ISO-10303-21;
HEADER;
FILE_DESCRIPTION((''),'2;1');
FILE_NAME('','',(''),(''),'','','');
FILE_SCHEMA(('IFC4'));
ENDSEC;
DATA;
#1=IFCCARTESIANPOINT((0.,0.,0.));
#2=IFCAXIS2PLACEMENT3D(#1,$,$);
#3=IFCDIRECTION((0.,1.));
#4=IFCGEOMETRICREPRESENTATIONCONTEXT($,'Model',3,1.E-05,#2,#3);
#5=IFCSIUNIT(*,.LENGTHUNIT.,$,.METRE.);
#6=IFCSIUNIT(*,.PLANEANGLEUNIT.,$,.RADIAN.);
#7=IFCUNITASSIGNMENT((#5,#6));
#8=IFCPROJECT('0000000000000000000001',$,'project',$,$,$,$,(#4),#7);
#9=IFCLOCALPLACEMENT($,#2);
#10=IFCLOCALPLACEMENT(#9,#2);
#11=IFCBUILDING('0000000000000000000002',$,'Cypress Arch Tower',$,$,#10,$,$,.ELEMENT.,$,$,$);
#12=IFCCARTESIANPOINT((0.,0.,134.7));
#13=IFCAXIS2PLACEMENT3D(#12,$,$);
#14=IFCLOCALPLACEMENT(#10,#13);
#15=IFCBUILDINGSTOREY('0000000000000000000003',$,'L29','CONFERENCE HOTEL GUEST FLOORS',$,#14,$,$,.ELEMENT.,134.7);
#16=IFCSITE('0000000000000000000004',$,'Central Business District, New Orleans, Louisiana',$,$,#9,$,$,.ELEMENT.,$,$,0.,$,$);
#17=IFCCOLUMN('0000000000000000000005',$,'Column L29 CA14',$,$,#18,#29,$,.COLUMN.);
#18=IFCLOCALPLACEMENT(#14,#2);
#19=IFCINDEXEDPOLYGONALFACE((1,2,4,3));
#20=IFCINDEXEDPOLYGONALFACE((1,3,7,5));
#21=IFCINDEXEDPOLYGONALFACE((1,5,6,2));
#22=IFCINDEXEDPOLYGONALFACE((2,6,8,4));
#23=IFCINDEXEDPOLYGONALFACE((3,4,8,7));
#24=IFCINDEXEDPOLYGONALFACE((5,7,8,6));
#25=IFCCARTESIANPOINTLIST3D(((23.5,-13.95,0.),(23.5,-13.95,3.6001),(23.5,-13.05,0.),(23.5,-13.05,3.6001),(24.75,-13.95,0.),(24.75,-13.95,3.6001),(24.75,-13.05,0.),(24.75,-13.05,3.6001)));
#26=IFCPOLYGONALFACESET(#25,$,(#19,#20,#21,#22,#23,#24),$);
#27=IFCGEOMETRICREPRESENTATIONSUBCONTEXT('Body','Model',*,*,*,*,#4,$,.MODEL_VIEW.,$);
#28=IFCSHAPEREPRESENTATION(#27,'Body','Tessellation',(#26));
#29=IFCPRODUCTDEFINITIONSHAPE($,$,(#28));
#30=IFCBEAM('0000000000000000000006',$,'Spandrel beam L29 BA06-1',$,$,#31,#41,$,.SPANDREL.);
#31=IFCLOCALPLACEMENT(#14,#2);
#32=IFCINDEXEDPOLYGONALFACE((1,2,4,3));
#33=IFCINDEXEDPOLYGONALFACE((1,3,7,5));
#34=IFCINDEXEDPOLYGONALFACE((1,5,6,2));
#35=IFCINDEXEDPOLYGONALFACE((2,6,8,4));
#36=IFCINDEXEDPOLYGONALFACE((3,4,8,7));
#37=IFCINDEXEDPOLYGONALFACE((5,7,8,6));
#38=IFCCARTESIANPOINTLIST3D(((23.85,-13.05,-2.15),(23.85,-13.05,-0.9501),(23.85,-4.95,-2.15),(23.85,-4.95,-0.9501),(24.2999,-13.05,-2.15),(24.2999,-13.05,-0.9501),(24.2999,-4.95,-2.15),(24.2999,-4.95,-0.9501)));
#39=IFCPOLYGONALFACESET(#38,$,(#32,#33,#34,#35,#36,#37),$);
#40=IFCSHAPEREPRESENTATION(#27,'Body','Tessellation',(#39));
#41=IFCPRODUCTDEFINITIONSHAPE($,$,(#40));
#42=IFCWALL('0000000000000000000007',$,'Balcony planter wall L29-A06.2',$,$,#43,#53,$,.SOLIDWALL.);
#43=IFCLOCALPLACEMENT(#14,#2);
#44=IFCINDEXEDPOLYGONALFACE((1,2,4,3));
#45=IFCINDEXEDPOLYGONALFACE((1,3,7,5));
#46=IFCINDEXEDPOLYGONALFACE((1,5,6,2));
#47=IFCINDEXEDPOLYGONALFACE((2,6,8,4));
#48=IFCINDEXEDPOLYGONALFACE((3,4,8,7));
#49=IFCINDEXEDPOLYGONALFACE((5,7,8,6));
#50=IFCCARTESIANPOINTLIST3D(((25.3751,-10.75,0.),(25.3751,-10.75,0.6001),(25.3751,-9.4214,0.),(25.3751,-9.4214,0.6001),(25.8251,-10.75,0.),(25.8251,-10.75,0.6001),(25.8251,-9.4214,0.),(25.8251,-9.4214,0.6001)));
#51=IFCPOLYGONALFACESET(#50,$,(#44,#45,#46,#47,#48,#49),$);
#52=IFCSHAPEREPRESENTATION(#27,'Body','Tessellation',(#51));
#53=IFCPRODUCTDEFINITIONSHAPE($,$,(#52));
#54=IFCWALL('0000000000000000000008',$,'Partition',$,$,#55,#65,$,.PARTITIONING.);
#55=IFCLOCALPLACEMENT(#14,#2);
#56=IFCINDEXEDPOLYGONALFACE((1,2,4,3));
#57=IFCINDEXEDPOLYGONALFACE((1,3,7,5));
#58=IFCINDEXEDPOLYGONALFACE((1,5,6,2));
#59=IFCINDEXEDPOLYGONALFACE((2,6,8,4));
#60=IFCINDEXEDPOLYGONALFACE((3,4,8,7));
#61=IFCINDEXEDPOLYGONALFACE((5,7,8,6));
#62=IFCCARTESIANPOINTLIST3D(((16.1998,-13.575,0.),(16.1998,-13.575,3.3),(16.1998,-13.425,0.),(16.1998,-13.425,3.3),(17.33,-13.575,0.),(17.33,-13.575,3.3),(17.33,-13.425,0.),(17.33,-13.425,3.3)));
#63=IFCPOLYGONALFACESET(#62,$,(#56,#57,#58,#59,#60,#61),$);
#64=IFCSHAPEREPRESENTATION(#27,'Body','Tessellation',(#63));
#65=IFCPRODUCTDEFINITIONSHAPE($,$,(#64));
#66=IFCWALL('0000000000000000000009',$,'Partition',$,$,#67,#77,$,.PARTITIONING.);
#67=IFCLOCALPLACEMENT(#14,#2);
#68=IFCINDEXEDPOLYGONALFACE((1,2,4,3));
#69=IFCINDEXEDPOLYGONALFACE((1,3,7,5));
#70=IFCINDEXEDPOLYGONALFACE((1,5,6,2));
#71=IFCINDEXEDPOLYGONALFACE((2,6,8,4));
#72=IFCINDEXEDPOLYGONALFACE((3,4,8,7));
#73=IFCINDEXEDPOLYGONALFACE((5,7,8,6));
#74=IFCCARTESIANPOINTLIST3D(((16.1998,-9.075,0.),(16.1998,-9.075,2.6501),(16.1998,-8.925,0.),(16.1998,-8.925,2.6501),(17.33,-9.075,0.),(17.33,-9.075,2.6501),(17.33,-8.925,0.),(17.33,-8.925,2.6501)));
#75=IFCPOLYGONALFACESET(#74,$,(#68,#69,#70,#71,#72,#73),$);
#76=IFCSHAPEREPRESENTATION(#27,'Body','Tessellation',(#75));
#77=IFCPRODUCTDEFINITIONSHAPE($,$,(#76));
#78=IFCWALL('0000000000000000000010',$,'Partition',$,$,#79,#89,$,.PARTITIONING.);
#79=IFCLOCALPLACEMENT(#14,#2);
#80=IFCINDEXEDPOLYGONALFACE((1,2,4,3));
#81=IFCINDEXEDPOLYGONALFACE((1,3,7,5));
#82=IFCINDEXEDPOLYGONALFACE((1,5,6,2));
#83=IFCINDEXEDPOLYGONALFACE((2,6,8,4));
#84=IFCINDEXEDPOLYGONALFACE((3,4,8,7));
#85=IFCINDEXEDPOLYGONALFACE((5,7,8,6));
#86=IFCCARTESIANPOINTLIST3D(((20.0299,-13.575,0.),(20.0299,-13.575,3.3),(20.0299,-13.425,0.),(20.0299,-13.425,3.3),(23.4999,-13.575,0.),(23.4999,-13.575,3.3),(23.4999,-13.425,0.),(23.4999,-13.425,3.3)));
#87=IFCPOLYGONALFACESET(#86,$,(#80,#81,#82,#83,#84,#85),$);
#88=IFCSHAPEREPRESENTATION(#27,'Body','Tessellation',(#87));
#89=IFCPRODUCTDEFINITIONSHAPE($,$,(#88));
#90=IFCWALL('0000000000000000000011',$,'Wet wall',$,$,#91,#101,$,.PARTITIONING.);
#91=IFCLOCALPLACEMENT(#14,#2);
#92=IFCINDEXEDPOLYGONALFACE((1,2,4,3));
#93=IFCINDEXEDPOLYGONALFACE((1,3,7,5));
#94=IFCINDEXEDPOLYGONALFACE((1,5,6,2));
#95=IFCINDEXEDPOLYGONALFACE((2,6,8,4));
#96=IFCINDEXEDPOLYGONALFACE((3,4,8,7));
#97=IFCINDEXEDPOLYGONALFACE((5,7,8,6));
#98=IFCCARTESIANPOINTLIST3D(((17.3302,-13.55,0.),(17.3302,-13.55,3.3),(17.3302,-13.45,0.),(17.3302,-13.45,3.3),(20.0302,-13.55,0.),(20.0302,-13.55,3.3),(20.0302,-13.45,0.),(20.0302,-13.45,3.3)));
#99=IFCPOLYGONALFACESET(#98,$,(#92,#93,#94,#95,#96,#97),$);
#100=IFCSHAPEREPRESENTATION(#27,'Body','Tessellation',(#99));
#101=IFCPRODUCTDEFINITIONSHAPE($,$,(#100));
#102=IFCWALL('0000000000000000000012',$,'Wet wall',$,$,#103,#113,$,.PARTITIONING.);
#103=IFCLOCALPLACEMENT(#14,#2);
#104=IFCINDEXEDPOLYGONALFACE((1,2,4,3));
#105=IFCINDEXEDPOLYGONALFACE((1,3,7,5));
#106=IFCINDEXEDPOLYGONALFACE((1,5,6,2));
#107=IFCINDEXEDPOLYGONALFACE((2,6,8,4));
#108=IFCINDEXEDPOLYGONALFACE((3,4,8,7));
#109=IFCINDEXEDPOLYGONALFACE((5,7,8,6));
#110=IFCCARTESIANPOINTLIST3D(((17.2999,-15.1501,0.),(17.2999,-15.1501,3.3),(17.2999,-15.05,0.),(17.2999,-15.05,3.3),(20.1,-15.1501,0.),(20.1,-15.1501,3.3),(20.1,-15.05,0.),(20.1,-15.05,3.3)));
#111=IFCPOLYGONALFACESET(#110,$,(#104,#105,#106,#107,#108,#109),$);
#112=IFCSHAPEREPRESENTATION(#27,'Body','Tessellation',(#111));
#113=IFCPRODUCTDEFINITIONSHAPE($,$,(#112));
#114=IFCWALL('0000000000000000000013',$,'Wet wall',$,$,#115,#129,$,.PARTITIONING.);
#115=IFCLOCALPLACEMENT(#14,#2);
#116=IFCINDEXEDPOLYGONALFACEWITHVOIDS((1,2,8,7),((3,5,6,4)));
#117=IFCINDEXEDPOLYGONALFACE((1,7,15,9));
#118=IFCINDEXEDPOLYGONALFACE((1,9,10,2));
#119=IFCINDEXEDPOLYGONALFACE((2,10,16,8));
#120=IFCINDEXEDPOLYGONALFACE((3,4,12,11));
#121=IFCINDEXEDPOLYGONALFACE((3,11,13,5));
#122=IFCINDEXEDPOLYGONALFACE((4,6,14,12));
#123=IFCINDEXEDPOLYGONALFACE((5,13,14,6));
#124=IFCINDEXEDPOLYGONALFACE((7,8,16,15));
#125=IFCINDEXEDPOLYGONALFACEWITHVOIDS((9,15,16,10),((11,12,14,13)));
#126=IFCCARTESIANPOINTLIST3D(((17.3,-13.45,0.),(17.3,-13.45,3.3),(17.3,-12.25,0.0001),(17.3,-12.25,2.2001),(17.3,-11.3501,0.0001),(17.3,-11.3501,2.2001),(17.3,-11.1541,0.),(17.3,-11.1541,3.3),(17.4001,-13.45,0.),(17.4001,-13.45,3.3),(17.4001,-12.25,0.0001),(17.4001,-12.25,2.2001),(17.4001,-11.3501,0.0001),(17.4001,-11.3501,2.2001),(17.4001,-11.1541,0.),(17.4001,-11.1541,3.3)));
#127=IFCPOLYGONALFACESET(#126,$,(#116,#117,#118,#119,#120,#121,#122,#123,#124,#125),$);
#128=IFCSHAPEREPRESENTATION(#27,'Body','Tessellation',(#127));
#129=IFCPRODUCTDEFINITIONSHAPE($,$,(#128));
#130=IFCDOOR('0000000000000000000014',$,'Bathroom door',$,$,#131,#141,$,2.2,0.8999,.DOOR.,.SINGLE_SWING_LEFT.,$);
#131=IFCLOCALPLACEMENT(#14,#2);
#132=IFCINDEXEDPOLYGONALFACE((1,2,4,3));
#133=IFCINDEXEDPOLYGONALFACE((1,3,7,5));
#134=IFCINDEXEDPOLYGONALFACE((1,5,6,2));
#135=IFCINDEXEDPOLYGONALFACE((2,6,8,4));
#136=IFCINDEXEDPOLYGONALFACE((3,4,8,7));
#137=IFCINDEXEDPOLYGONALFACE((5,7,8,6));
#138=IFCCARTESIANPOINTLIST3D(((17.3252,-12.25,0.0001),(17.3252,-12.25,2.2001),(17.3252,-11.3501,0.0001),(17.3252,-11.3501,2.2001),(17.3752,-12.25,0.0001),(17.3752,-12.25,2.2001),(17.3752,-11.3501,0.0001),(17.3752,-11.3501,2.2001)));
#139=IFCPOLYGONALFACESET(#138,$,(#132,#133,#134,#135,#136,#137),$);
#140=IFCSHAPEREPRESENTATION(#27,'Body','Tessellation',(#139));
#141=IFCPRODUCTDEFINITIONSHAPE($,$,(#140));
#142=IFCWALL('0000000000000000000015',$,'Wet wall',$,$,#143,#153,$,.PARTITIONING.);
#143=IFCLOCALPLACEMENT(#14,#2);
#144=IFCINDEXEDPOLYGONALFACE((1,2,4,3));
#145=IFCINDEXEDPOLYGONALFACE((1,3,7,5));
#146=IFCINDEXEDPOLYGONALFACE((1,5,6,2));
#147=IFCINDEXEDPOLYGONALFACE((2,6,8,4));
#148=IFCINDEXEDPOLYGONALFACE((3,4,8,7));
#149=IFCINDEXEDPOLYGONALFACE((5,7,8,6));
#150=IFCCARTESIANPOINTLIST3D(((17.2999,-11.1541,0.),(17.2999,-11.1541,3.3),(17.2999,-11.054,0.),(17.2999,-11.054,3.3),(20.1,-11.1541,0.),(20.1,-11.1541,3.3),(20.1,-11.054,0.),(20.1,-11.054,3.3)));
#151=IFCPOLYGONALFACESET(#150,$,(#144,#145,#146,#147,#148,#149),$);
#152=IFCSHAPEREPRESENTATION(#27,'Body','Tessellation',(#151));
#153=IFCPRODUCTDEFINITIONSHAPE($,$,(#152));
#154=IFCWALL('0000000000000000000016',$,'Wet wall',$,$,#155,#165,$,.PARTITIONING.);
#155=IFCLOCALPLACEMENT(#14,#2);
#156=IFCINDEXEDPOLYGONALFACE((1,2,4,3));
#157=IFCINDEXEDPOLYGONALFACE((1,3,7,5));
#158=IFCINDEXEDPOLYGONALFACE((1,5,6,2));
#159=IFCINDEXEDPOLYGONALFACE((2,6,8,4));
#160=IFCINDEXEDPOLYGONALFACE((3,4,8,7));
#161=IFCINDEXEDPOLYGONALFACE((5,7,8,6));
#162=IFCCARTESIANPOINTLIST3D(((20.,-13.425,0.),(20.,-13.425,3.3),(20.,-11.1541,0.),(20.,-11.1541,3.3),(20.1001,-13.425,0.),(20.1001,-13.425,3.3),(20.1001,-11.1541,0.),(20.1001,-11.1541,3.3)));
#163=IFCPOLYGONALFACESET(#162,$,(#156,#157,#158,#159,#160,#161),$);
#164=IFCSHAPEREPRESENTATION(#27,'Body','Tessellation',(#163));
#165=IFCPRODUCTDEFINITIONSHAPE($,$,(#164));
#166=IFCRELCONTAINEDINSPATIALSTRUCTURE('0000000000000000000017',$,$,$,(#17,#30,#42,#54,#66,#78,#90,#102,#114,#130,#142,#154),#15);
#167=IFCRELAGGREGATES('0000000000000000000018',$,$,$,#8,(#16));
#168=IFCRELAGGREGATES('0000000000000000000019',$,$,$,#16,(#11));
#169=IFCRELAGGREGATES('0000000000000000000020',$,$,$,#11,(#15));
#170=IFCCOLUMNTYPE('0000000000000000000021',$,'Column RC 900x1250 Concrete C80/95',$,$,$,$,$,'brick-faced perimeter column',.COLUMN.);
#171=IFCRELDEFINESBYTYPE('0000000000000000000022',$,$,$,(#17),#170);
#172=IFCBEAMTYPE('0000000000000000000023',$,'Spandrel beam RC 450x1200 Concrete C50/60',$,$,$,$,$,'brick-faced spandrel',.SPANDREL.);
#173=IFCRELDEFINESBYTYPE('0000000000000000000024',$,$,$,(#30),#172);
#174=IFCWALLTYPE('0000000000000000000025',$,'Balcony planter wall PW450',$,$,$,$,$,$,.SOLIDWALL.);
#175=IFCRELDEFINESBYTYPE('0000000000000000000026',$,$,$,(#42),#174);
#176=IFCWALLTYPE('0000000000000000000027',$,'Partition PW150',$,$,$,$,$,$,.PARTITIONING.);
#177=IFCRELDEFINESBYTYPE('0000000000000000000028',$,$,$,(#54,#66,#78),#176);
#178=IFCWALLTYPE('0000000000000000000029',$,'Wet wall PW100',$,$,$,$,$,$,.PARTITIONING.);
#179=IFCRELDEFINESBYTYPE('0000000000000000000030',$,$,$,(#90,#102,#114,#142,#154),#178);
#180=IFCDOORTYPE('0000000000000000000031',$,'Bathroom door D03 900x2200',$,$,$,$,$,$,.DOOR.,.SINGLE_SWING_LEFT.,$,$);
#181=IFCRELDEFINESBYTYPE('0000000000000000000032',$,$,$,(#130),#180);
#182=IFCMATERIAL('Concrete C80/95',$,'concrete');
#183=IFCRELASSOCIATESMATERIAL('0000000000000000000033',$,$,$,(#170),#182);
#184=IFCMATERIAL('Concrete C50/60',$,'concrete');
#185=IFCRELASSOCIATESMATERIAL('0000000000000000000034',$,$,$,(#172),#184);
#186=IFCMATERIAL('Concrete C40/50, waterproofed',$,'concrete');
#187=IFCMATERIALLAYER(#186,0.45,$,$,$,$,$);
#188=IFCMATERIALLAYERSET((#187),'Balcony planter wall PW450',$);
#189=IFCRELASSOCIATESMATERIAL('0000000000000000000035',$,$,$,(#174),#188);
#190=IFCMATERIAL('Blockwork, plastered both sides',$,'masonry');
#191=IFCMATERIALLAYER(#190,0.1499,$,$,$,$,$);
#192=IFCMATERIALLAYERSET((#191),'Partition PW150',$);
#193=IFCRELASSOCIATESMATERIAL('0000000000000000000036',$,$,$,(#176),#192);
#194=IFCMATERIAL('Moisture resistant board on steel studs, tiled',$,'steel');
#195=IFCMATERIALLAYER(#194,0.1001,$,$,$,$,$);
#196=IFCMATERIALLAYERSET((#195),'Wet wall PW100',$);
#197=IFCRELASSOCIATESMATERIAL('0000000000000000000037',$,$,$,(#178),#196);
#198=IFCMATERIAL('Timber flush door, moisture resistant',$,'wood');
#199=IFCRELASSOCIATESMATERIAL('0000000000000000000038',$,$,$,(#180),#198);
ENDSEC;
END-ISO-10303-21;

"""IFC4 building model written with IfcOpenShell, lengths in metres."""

from ifc_helpers import new_model, si_unit, direction, frame, frame_2d, origin, origin_2d, place, context, subcontext, project, spatial, rectangle, extrude, material, layer, layer_set, material_profile, profile_set, type_object, element, fill, save


model = new_model("IFC4")

# Units and contexts
model_context = context("Model", 3, precision=1e-05, world=origin(), true_north=direction((0.0, 1.0)))
body_context = subcontext(model_context, "Body", "Model", "MODEL_VIEW")
ifc_project = project(units=[si_unit("LENGTHUNIT", "METRE"), si_unit("PLANEANGLEUNIT", "RADIAN")], contexts=[model_context])

# Site, building, storey
site_placement = place(None, origin())
site = spatial("IfcSite", under=ifc_project, at=site_placement, Name="Central Business District, New Orleans, Louisiana", CompositionType="ELEMENT", RefElevation=0.0)
building_placement = place(site_placement, origin())
building = spatial("IfcBuilding", under=site, at=building_placement, Name="Cypress Arch Tower", CompositionType="ELEMENT")
storey_placement = place(building_placement, frame((0.0, 0.0, 134.7)))
storey = spatial("IfcBuildingStorey", under=building, at=storey_placement, Name="L29", Description="CONFERENCE HOTEL GUEST FLOORS", CompositionType="ELEMENT", Elevation=134.7)

# Column
ifc_material_1 = material(Name="Concrete C80/95", Category="concrete")
ifc_material_profile_1 = material_profile(ifc_material_1, rectangle(XDim=0.8999, YDim=1.25, at=origin_2d()), Name="RC 900x1250")
ifc_profile_set_1 = profile_set([ifc_material_profile_1], Name="Concrete C80/95")
column_type = type_object("IfcColumnType", Name="Column RC 900x1250 Concrete C80/95", ElementType="brick-faced perimeter column", PredefinedType="COLUMN", material=ifc_profile_set_1)
column_placement = place(storey_placement, frame((24.125, -13.5, 0.0), z_axis=(0.0, 0.0, 1.0), x_axis=(0.0, 1.0, 0.0)))
element("IfcColumn", 1, at=column_placement, inside=storey, type_object=column_type, Name="Column L29 CA14", PredefinedType="COLUMN", context=body_context, shape_type="SweptSolid", body=[
    extrude(rectangle(XDim=0.8999, YDim=1.25, at=origin_2d()), origin(), (0.0, 0.0, 1.0), 3.6001),
])

# Beam
ifc_material_2 = material(Name="Concrete C50/60", Category="concrete")
ifc_material_profile_2 = material_profile(ifc_material_2, rectangle(XDim=0.45, YDim=1.2, at=origin_2d()), Name="RC 450x1200")
ifc_profile_set_2 = profile_set([ifc_material_profile_2], Name="Concrete C50/60")
beam_type = type_object("IfcBeamType", Name="Spandrel beam RC 450x1200 Concrete C50/60", ElementType="brick-faced spandrel", PredefinedType="SPANDREL", material=ifc_profile_set_2)
beam_placement = place(storey_placement, frame((24.075, -13.05, -1.55), z_axis=(0.0, 1.0, 0.0), x_axis=(-1.0, 0.0, 0.0)))
element("IfcBeam", 2, at=beam_placement, inside=storey, type_object=beam_type, Name="Spandrel beam L29 BA06-1", PredefinedType="SPANDREL", context=body_context, shape_type="SweptSolid", body=[
    extrude(rectangle(XDim=0.45, YDim=1.2, at=origin_2d()), origin(), (0.0, 0.0, 1.0), 8.1001),
])

# Wall
ifc_material_3 = material(Name="Concrete C40/50, waterproofed", Category="concrete")
ifc_layer_1 = layer(ifc_material_3, 0.45)
ifc_layer_set_1 = layer_set([ifc_layer_1], Name="Balcony planter wall PW450")
wall_type_1 = type_object("IfcWallType", Name="Balcony planter wall PW450", PredefinedType="SOLIDWALL", material=ifc_layer_set_1)
wall_1_placement = place(storey_placement, frame((25.6001, -10.75, 0.0), z_axis=(0.0, 0.0, 1.0), x_axis=(0.0, 1.0, 0.0)))
element("IfcWall", 3, at=wall_1_placement, inside=storey, type_object=wall_type_1, Name="Balcony planter wall L29-A06.2", PredefinedType="SOLIDWALL", context=body_context, shape_type="SweptSolid", body=[
    extrude(rectangle(XDim=1.3286, YDim=0.45, at=frame_2d((0.6643, 0.0))), origin(), (0.0, 0.0, 1.0), 0.6001),
])

# Walls
ifc_material_4 = material(Name="Blockwork, plastered both sides", Category="masonry")
ifc_layer_2 = layer(ifc_material_4, 0.1499)
ifc_layer_set_2 = layer_set([ifc_layer_2], Name="Partition PW150")
wall_type_2 = type_object("IfcWallType", Name="Partition PW150", PredefinedType="PARTITIONING", material=ifc_layer_set_2)
wall_2_placement = place(storey_placement, frame((16.2, -13.5, 0.0), z_axis=(0.0, 0.0, 1.0), x_axis=(1.0, 0.0, 0.0)))
element("IfcWall", 4, at=wall_2_placement, inside=storey, type_object=wall_type_2, Name="Partition", PredefinedType="PARTITIONING", context=body_context, shape_type="SweptSolid", body=[
    extrude(rectangle(XDim=1.1301, YDim=0.1499, at=frame_2d((0.5649, 0.0))), origin(), (0.0, 0.0, 1.0), 3.3),
])
wall_3_placement = place(storey_placement, frame((16.2, -9.0, 0.0), z_axis=(0.0, 0.0, 1.0), x_axis=(1.0, 0.0, 0.0)))
element("IfcWall", 5, at=wall_3_placement, inside=storey, type_object=wall_type_2, Name="Partition", PredefinedType="PARTITIONING", context=body_context, shape_type="SweptSolid", body=[
    extrude(rectangle(XDim=1.1301, YDim=0.1499, at=frame_2d((0.5649, 0.0))), origin(), (0.0, 0.0, 1.0), 2.6501),
])
wall_4_placement = place(storey_placement, frame((20.03, -13.5, 0.0), z_axis=(0.0, 0.0, 1.0), x_axis=(1.0, 0.0, 0.0)))
element("IfcWall", 6, at=wall_4_placement, inside=storey, type_object=wall_type_2, Name="Partition", PredefinedType="PARTITIONING", context=body_context, shape_type="SweptSolid", body=[
    extrude(rectangle(XDim=3.47, YDim=0.1499, at=frame_2d((1.7349, 0.0))), origin(), (0.0, 0.0, 1.0), 3.3),
])
ifc_material_5 = material(Name="Moisture resistant board on steel studs, tiled", Category="steel")
ifc_layer_3 = layer(ifc_material_5, 0.1001)
ifc_layer_set_3 = layer_set([ifc_layer_3], Name="Wet wall PW100")
wall_type_3 = type_object("IfcWallType", Name="Wet wall PW100", PredefinedType="PARTITIONING", material=ifc_layer_set_3)
wall_5_placement = place(storey_placement, frame((17.3301, -13.5, 0.0), z_axis=(0.0, 0.0, 1.0), x_axis=(1.0, 0.0, 0.0)))
element("IfcWall", 7, at=wall_5_placement, inside=storey, type_object=wall_type_3, Name="Wet wall", PredefinedType="PARTITIONING", context=body_context, shape_type="SweptSolid", body=[
    extrude(rectangle(XDim=2.7, YDim=0.1001, at=frame_2d((1.3501, 0.0))), origin(), (0.0, 0.0, 1.0), 3.3),
])
wall_6_placement = place(storey_placement, frame((17.3, -15.1001, 0.0), z_axis=(0.0, 0.0, 1.0), x_axis=(1.0, 0.0, 0.0)))
element("IfcWall", 8, at=wall_6_placement, inside=storey, type_object=wall_type_3, Name="Wet wall", PredefinedType="PARTITIONING", context=body_context, shape_type="SweptSolid", body=[
    extrude(rectangle(XDim=2.8, YDim=0.1001, at=frame_2d((1.3999, 0.0))), origin(), (0.0, 0.0, 1.0), 3.3),
])

# Wall, opening, door
wall_7_placement = place(storey_placement, frame((17.3501, -13.45, 0.0), z_axis=(0.0, 0.0, 1.0), x_axis=(0.0, 1.0, 0.0)))
wall_7 = element("IfcWall", 9, at=wall_7_placement, inside=storey, type_object=wall_type_3, Name="Wet wall", PredefinedType="PARTITIONING", context=body_context, shape_type="SweptSolid", body=[
    extrude(rectangle(XDim=2.2959, YDim=0.1001, at=frame_2d((1.1479, 0.0))), origin(), (0.0, 0.0, 1.0), 3.3),
])
opening_1_placement = place(wall_7_placement, frame((1.2, 0.0, 0.0)))
opening_1 = element("IfcOpeningElement", 10, at=opening_1_placement, cuts=wall_7, PredefinedType="OPENING", context=body_context, shape_type="SweptSolid", body=[
    extrude(rectangle(XDim=0.8999, YDim=2.2, at=frame_2d((0.45, 1.1001))), frame((0.0, 0.0601, 0.0), z_axis=(0.0, -1.0, 0.0), x_axis=(1.0, 0.0, 0.0)), (0.0, 0.0, 1.0), 0.1201),
])
ifc_material_6 = material(Name="Timber flush door, moisture resistant", Category="wood")
door_type_1 = type_object("IfcDoorType", Name="Bathroom door D03 900x2200", OperationType="SINGLE_SWING_LEFT", PredefinedType="DOOR", material=ifc_material_6)
door_1_placement = place(opening_1_placement, origin())
door_1 = element("IfcDoor", 11, at=door_1_placement, inside=storey, type_object=door_type_1, Name="Bathroom door", OperationType="SINGLE_SWING_LEFT", OverallHeight=2.2, OverallWidth=0.8999, PredefinedType="DOOR", context=body_context, shape_type="SweptSolid", body=[
    extrude(rectangle(XDim=0.8999, YDim=2.2, at=frame_2d((0.45, 1.1001))), frame((0.0, 0.0249, 0.0), z_axis=(0.0, -1.0, 0.0), x_axis=(1.0, 0.0, 0.0)), (0.0, 0.0, 1.0), 0.05),
])
fill(opening_1, door_1)

# Walls
wall_8_placement = place(storey_placement, frame((17.3, -11.104, 0.0), z_axis=(0.0, 0.0, 1.0), x_axis=(1.0, 0.0, 0.0)))
element("IfcWall", 12, at=wall_8_placement, inside=storey, type_object=wall_type_3, Name="Wet wall", PredefinedType="PARTITIONING", context=body_context, shape_type="SweptSolid", body=[
    extrude(rectangle(XDim=2.8, YDim=0.1001, at=frame_2d((1.3999, 0.0))), origin(), (0.0, 0.0, 1.0), 3.3),
])
wall_9_placement = place(storey_placement, frame((20.05, -13.425, 0.0), z_axis=(0.0, 0.0, 1.0), x_axis=(0.0, 1.0, 0.0)))
element("IfcWall", 13, at=wall_9_placement, inside=storey, type_object=wall_type_3, Name="Wet wall", PredefinedType="PARTITIONING", context=body_context, shape_type="SweptSolid", body=[
    extrude(rectangle(XDim=2.271, YDim=0.1001, at=frame_2d((1.1355, 0.0))), origin(), (0.0, 0.0, 1.0), 3.3),
])

save(model, "model.ifc")
